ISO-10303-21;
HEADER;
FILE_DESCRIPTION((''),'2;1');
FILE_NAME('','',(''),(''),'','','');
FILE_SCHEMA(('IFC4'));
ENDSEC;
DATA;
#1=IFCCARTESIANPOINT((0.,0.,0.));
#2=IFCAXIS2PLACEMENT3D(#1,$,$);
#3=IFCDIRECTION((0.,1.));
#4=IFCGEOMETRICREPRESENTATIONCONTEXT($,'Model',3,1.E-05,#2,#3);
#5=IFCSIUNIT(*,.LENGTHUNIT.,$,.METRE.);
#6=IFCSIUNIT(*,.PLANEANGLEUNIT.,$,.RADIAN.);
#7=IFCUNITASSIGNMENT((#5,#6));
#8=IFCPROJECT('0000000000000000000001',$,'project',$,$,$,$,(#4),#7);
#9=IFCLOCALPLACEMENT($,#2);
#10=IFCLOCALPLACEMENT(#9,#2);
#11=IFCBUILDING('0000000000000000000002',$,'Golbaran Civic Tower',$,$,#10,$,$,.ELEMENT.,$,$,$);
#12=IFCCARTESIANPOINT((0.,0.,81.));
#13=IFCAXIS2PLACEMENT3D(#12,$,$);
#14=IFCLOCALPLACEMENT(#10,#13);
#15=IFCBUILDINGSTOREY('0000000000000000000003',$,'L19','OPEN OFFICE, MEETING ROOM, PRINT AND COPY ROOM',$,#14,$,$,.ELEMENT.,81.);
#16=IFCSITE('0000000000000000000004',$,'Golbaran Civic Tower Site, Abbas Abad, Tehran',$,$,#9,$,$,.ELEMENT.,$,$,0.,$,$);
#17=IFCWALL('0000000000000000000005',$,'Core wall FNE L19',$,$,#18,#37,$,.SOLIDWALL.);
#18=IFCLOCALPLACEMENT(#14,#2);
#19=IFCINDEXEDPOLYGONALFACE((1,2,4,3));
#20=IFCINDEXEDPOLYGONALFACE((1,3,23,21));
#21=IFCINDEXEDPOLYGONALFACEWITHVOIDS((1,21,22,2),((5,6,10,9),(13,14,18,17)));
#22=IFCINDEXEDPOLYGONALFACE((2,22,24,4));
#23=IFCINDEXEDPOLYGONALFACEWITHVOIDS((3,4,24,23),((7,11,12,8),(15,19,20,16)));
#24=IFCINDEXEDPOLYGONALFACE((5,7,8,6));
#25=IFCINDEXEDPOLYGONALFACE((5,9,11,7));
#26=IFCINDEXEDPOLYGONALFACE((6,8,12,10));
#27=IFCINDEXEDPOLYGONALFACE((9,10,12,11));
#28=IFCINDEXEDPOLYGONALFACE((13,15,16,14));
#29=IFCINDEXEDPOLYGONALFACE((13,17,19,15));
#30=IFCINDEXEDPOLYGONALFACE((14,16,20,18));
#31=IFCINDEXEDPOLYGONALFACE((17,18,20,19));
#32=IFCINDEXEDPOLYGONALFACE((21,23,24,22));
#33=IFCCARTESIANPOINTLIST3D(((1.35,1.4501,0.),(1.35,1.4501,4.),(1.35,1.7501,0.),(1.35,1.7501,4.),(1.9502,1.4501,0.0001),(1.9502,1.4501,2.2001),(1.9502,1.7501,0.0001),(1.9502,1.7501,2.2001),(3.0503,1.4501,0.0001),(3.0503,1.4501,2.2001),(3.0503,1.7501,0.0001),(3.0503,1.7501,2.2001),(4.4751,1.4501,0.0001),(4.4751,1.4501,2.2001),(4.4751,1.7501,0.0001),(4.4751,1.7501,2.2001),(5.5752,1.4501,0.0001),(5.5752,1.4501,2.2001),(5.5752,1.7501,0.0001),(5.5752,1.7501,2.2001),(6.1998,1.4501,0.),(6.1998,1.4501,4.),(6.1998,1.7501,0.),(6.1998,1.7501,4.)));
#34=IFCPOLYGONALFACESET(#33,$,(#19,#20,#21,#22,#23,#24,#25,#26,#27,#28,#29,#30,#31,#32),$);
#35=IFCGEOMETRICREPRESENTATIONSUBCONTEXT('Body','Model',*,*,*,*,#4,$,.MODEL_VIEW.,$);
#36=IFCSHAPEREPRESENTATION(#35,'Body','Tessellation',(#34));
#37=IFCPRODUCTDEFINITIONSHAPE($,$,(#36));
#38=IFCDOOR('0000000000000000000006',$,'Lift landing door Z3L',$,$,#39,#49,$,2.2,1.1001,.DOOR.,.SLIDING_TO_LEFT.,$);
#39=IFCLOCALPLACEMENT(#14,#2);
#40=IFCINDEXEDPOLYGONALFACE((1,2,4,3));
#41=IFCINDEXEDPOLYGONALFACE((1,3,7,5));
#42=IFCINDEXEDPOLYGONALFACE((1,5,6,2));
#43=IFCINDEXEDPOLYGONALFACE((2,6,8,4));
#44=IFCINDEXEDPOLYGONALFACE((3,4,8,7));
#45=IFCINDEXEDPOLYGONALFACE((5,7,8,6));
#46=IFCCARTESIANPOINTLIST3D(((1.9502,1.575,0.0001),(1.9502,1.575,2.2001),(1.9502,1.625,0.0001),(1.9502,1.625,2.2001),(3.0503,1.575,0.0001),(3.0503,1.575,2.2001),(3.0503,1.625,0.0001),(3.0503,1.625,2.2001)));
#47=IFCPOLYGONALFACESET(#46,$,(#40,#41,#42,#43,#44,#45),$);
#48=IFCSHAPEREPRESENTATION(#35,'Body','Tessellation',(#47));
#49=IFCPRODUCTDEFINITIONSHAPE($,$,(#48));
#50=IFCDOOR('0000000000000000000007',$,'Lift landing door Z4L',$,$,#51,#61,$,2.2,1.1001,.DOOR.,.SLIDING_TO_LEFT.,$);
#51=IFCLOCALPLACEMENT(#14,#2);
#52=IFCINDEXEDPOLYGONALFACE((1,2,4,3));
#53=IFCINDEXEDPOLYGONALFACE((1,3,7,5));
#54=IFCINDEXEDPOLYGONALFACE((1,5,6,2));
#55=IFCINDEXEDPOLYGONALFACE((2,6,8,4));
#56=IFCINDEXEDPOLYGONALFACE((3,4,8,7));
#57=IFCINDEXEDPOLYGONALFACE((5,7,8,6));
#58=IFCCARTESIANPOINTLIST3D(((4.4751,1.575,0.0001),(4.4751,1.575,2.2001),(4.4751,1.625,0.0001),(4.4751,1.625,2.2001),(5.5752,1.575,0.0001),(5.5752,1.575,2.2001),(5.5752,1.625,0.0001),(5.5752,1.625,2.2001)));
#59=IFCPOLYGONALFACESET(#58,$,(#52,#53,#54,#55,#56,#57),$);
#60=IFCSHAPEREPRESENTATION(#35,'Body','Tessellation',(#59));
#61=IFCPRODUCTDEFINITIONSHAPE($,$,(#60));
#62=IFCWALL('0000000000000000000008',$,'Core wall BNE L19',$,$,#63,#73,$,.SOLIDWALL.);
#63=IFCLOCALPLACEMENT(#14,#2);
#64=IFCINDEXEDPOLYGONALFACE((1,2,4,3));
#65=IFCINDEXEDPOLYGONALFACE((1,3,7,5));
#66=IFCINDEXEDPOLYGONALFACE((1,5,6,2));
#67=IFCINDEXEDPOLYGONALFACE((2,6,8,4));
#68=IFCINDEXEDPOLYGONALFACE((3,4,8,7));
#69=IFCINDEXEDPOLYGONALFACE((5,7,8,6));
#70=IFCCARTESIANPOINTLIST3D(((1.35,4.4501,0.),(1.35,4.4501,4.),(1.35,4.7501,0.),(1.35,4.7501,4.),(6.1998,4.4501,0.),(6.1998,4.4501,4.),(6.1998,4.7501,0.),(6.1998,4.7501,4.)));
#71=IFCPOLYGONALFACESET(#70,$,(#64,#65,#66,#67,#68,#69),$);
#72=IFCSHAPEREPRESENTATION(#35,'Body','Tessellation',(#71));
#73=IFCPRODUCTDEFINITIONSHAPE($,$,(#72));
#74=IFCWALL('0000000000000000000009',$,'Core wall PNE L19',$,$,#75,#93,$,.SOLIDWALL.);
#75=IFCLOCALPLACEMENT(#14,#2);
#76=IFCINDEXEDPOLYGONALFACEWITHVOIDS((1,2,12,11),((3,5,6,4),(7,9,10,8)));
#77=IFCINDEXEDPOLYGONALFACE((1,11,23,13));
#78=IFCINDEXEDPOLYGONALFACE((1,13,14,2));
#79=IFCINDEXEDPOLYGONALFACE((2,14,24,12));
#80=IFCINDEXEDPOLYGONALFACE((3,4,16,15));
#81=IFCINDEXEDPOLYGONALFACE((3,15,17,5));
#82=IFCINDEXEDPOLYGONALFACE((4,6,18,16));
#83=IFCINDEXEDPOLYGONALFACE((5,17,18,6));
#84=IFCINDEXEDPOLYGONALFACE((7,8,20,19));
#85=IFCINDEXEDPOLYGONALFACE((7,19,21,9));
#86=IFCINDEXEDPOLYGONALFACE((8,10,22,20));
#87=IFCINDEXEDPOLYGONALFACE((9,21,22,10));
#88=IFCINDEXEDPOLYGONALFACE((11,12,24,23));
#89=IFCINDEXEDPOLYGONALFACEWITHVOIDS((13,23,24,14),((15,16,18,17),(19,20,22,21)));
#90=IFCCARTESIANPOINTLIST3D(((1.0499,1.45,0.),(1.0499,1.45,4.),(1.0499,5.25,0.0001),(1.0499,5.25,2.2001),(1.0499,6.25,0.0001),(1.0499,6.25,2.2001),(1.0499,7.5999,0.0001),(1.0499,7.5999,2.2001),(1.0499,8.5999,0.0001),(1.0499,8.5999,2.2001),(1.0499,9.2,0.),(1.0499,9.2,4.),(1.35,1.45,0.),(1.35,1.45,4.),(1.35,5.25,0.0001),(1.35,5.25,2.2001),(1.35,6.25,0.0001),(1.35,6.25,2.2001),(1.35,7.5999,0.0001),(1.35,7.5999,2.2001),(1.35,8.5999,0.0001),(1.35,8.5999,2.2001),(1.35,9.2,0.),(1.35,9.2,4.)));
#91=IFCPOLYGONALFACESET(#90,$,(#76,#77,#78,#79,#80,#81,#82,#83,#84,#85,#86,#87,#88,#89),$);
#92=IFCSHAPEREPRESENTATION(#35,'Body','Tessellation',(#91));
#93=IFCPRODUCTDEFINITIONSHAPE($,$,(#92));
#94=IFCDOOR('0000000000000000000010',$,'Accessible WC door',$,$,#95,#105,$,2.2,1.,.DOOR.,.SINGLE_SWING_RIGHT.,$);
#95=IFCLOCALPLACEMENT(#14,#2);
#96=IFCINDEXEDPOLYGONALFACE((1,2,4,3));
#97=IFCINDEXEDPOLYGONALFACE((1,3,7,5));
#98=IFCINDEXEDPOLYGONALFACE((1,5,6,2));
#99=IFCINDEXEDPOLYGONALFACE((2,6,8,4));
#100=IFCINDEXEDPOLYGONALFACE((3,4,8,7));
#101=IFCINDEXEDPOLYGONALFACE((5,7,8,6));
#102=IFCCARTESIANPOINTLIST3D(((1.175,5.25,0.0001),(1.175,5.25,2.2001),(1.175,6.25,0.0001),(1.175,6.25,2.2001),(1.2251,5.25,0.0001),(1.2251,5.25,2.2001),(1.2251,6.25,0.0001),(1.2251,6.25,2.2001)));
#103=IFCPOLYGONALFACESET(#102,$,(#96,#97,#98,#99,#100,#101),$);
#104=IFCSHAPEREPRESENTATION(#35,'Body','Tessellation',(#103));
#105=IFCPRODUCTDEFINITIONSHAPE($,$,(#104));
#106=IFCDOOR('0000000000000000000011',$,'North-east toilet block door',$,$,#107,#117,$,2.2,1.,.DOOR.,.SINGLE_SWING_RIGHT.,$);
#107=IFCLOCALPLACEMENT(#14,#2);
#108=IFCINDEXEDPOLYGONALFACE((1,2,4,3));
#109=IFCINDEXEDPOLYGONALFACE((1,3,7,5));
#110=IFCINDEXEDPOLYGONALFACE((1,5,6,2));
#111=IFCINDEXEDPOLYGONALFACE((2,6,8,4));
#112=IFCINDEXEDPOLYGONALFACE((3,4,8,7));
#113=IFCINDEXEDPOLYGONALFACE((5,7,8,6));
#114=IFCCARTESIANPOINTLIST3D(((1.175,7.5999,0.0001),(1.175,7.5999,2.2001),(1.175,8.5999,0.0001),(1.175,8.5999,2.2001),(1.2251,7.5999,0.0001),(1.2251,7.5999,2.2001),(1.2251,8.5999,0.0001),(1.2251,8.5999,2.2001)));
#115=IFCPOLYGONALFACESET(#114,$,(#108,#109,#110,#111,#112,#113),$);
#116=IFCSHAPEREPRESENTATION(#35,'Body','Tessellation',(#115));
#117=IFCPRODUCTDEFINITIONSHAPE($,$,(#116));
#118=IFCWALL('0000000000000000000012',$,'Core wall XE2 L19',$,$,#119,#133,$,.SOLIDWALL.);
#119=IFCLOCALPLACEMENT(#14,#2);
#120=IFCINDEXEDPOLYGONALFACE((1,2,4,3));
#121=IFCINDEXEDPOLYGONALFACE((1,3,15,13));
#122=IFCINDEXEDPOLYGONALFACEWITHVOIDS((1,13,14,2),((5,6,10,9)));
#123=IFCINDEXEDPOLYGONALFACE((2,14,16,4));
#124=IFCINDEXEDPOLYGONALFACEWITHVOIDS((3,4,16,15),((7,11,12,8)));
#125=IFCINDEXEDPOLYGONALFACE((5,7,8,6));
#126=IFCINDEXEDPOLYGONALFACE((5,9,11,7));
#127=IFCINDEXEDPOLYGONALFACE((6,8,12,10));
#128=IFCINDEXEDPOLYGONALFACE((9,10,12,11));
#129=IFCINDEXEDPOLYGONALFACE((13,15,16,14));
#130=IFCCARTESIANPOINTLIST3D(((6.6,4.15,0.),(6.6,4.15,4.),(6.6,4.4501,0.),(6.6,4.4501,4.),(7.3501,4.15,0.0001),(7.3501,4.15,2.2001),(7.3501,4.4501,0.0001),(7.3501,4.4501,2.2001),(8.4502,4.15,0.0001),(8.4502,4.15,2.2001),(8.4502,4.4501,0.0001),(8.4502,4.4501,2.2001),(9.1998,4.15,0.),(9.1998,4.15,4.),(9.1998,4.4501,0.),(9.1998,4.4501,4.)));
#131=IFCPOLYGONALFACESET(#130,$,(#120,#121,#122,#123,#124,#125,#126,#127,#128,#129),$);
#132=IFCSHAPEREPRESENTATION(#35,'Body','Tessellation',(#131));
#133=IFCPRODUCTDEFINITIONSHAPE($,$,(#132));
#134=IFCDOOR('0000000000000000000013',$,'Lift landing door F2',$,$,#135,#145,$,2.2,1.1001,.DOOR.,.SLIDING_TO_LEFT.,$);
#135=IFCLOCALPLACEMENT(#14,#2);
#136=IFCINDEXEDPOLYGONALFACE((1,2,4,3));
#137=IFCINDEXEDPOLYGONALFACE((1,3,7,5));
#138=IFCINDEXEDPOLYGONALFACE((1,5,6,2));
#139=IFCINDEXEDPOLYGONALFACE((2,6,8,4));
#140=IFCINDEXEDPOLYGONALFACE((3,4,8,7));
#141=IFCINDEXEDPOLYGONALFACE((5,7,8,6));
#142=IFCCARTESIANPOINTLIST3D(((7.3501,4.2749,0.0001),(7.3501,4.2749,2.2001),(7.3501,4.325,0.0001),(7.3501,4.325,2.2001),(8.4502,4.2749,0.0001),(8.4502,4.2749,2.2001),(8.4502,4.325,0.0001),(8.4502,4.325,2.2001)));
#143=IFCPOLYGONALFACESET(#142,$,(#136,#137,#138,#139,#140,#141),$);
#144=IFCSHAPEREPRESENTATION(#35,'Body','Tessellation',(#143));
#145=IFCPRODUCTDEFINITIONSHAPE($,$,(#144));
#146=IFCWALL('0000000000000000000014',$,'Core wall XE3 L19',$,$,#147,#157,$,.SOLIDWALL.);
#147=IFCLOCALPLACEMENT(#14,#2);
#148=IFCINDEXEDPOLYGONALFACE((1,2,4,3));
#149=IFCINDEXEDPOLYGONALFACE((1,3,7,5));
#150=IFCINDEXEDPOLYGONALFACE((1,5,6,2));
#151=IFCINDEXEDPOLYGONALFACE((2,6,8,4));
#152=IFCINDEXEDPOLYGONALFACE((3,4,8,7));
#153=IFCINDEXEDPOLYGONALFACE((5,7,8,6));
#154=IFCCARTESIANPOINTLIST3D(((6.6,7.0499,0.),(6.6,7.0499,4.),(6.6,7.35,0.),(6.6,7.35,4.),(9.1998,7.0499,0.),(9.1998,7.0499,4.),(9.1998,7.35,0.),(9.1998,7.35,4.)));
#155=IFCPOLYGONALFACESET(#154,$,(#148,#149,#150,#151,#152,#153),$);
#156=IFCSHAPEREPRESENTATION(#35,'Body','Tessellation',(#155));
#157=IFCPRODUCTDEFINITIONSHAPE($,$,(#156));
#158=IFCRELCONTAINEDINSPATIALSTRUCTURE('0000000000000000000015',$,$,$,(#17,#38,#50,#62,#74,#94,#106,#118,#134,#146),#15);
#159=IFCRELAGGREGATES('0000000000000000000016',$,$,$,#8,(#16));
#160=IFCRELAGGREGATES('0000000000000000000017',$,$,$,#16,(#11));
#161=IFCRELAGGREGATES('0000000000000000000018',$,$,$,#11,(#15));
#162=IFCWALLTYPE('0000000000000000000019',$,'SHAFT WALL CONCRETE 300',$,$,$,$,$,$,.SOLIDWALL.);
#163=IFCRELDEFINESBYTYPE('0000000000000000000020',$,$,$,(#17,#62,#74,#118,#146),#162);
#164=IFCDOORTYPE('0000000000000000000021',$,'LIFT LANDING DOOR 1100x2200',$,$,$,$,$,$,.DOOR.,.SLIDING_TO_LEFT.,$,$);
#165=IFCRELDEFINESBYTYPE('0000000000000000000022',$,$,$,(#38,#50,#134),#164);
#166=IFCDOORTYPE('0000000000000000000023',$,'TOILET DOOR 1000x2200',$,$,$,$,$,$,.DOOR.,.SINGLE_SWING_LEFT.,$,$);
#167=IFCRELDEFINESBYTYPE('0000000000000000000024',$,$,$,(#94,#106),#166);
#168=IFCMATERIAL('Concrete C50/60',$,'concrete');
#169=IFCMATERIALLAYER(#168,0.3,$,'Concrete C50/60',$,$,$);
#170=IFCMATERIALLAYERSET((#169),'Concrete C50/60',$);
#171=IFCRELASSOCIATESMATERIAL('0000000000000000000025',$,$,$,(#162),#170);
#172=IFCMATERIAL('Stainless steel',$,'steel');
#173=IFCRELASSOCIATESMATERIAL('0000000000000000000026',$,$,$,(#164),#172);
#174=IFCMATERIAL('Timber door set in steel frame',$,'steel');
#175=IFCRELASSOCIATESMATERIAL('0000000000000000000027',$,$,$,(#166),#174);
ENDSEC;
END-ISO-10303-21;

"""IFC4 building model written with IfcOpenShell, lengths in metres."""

from ifc_helpers import new_model, si_unit, direction, frame, frame_2d, origin, place, context, subcontext, project, spatial, rectangle, extrude, material, layer, layer_set, type_object, element, fill, save


model = new_model("IFC4")

# Units and contexts
model_context = context("Model", 3, precision=1e-05, world=origin(), true_north=direction((0.0, 1.0)))
body_context = subcontext(model_context, "Body", "Model", "MODEL_VIEW")
ifc_project = project(units=[si_unit("LENGTHUNIT", "METRE"), si_unit("PLANEANGLEUNIT", "RADIAN")], contexts=[model_context])

# Site, building, storey
site_placement = place(None, origin())
site = spatial("IfcSite", under=ifc_project, at=site_placement, Name="Golbaran Civic Tower Site, Abbas Abad, Tehran", CompositionType="ELEMENT", RefElevation=0.0)
building_placement = place(site_placement, origin())
building = spatial("IfcBuilding", under=site, at=building_placement, Name="Golbaran Civic Tower", CompositionType="ELEMENT")
storey_placement = place(building_placement, frame((0.0, 0.0, 81.0)))
storey = spatial("IfcBuildingStorey", under=building, at=storey_placement, Name="L19", Description="OPEN OFFICE, MEETING ROOM, PRINT AND COPY ROOM", CompositionType="ELEMENT", Elevation=81.0)

# Shared definitions
ifc_material_1 = material(Name="Concrete C50/60", Category="concrete")
ifc_material_2 = material(Name="Timber door set in steel frame", Category="steel")

# Wall, openings, doors
ifc_layer_1 = layer(ifc_material_1, 0.3, Name="Concrete C50/60")
ifc_layer_set_1 = layer_set([ifc_layer_1], Name="Concrete C50/60")
wall_type_1 = type_object("IfcWallType", Name="SHAFT WALL CONCRETE 300", PredefinedType="SOLIDWALL", material=ifc_layer_set_1)
wall_1_placement = place(storey_placement, frame((1.3501, 1.6001, 0.0), z_axis=(0.0, 0.0, 1.0), x_axis=(1.0, 0.0, 0.0)))
wall_1 = element("IfcWall", 1, at=wall_1_placement, inside=storey, type_object=wall_type_1, Name="Core wall FNE L19", PredefinedType="SOLIDWALL", context=body_context, shape_type="SweptSolid", body=[
    extrude(rectangle(XDim=4.8499, YDim=0.3, at=frame_2d((2.4248, 0.0))), origin(), (0.0, 0.0, 1.0), 4.0),
])
opening_1_placement = place(wall_1_placement, frame((0.6001, 0.0, 0.0)))
opening_1 = element("IfcOpeningElement", 2, at=opening_1_placement, cuts=wall_1, PredefinedType="OPENING", context=body_context, shape_type="SweptSolid", body=[
    extrude(rectangle(XDim=1.1001, YDim=2.2, at=frame_2d((0.55, 1.1001))), frame((0.0, 0.1599, 0.0), z_axis=(0.0, -1.0, 0.0), x_axis=(1.0, 0.0, 0.0)), (0.0, 0.0, 1.0), 0.3201),
])
opening_2_placement = place(wall_1_placement, frame((3.125, 0.0, 0.0)))
opening_2 = element("IfcOpeningElement", 3, at=opening_2_placement, cuts=wall_1, PredefinedType="OPENING", context=body_context, shape_type="SweptSolid", body=[
    extrude(rectangle(XDim=1.1001, YDim=2.2, at=frame_2d((0.55, 1.1001))), frame((0.0, 0.1599, 0.0), z_axis=(0.0, -1.0, 0.0), x_axis=(1.0, 0.0, 0.0)), (0.0, 0.0, 1.0), 0.3201),
])
ifc_material_3 = material(Name="Stainless steel", Category="steel")
door_type_1 = type_object("IfcDoorType", Name="LIFT LANDING DOOR 1100x2200", OperationType="SLIDING_TO_LEFT", PredefinedType="DOOR", material=ifc_material_3)
door_1_placement = place(opening_1_placement, origin())
door_1 = element("IfcDoor", 4, at=door_1_placement, inside=storey, type_object=door_type_1, Name="Lift landing door Z3L", OperationType="SLIDING_TO_LEFT", OverallHeight=2.2, OverallWidth=1.1001, PredefinedType="DOOR", context=body_context, shape_type="SweptSolid", body=[
    extrude(rectangle(XDim=1.1001, YDim=2.2, at=frame_2d((0.55, 1.1001))), frame((0.0, 0.0249, 0.0), z_axis=(0.0, -1.0, 0.0), x_axis=(1.0, 0.0, 0.0)), (0.0, 0.0, 1.0), 0.05),
])
fill(opening_1, door_1)
door_2_placement = place(opening_2_placement, origin())
door_2 = element("IfcDoor", 5, at=door_2_placement, inside=storey, type_object=door_type_1, Name="Lift landing door Z4L", OperationType="SLIDING_TO_LEFT", OverallHeight=2.2, OverallWidth=1.1001, PredefinedType="DOOR", context=body_context, shape_type="SweptSolid", body=[
    extrude(rectangle(XDim=1.1001, YDim=2.2, at=frame_2d((0.55, 1.1001))), frame((0.0, 0.0249, 0.0), z_axis=(0.0, -1.0, 0.0), x_axis=(1.0, 0.0, 0.0)), (0.0, 0.0, 1.0), 0.05),
])
fill(opening_2, door_2)

# Wall
wall_2_placement = place(storey_placement, frame((1.3501, 4.6001, 0.0), z_axis=(0.0, 0.0, 1.0), x_axis=(1.0, 0.0, 0.0)))
element("IfcWall", 6, at=wall_2_placement, inside=storey, type_object=wall_type_1, Name="Core wall BNE L19", PredefinedType="SOLIDWALL", context=body_context, shape_type="SweptSolid", body=[
    extrude(rectangle(XDim=4.8499, YDim=0.3, at=frame_2d((2.4248, 0.0))), origin(), (0.0, 0.0, 1.0), 4.0),
])

# Wall, openings, doors
wall_3_placement = place(storey_placement, frame((1.2, 1.45, 0.0), z_axis=(0.0, 0.0, 1.0), x_axis=(0.0, 1.0, 0.0)))
wall_3 = element("IfcWall", 7, at=wall_3_placement, inside=storey, type_object=wall_type_1, Name="Core wall PNE L19", PredefinedType="SOLIDWALL", context=body_context, shape_type="SweptSolid", body=[
    extrude(rectangle(XDim=7.75, YDim=0.3, at=frame_2d((3.875, 0.0))), origin(), (0.0, 0.0, 1.0), 4.0),
])
opening_3_placement = place(wall_3_placement, frame((3.8, 0.0, 0.0)))
opening_3 = element("IfcOpeningElement", 8, at=opening_3_placement, cuts=wall_3, PredefinedType="OPENING", context=body_context, shape_type="SweptSolid", body=[
    extrude(rectangle(XDim=1.0, YDim=2.2, at=frame_2d((0.5, 1.1001))), frame((0.0, 0.1599, 0.0), z_axis=(0.0, -1.0, 0.0), x_axis=(1.0, 0.0, 0.0)), (0.0, 0.0, 1.0), 0.3201),
])
opening_4_placement = place(wall_3_placement, frame((6.1499, 0.0, 0.0)))
opening_4 = element("IfcOpeningElement", 9, at=opening_4_placement, cuts=wall_3, PredefinedType="OPENING", context=body_context, shape_type="SweptSolid", body=[
    extrude(rectangle(XDim=1.0, YDim=2.2, at=frame_2d((0.5, 1.1001))), frame((0.0, 0.1599, 0.0), z_axis=(0.0, -1.0, 0.0), x_axis=(1.0, 0.0, 0.0)), (0.0, 0.0, 1.0), 0.3201),
])
door_type_2 = type_object("IfcDoorType", Name="TOILET DOOR 1000x2200", OperationType="SINGLE_SWING_LEFT", PredefinedType="DOOR", material=ifc_material_2)
door_3_placement = place(opening_3_placement, origin())
door_3 = element("IfcDoor", 10, at=door_3_placement, inside=storey, type_object=door_type_2, Name="Accessible WC door", OperationType="SINGLE_SWING_RIGHT", OverallHeight=2.2, OverallWidth=1.0, PredefinedType="DOOR", context=body_context, shape_type="SweptSolid", body=[
    extrude(rectangle(XDim=1.0, YDim=2.2, at=frame_2d((0.5, 1.1001))), frame((0.0, 0.0249, 0.0), z_axis=(0.0, -1.0, 0.0), x_axis=(1.0, 0.0, 0.0)), (0.0, 0.0, 1.0), 0.05),
])
fill(opening_3, door_3)
door_4_placement = place(opening_4_placement, origin())
door_4 = element("IfcDoor", 11, at=door_4_placement, inside=storey, type_object=door_type_2, Name="North-east toilet block door", OperationType="SINGLE_SWING_RIGHT", OverallHeight=2.2, OverallWidth=1.0, PredefinedType="DOOR", context=body_context, shape_type="SweptSolid", body=[
    extrude(rectangle(XDim=1.0, YDim=2.2, at=frame_2d((0.5, 1.1001))), frame((0.0, 0.0249, 0.0), z_axis=(0.0, -1.0, 0.0), x_axis=(1.0, 0.0, 0.0)), (0.0, 0.0, 1.0), 0.05),
])
fill(opening_4, door_4)

# Wall, opening, door
wall_4_placement = place(storey_placement, frame((6.6001, 4.3, 0.0), z_axis=(0.0, 0.0, 1.0), x_axis=(1.0, 0.0, 0.0)))
wall_4 = element("IfcWall", 12, at=wall_4_placement, inside=storey, type_object=wall_type_1, Name="Core wall XE2 L19", PredefinedType="SOLIDWALL", context=body_context, shape_type="SweptSolid", body=[
    extrude(rectangle(XDim=2.5999, YDim=0.3, at=frame_2d((1.2998, 0.0))), origin(), (0.0, 0.0, 1.0), 4.0),
])
opening_5_placement = place(wall_4_placement, frame((0.75, 0.0, 0.0)))
opening_5 = element("IfcOpeningElement", 13, at=opening_5_placement, cuts=wall_4, PredefinedType="OPENING", context=body_context, shape_type="SweptSolid", body=[
    extrude(rectangle(XDim=1.1001, YDim=2.2, at=frame_2d((0.55, 1.1001))), frame((0.0, 0.1599, 0.0), z_axis=(0.0, -1.0, 0.0), x_axis=(1.0, 0.0, 0.0)), (0.0, 0.0, 1.0), 0.3201),
])
door_5_placement = place(opening_5_placement, origin())
door_5 = element("IfcDoor", 14, at=door_5_placement, inside=storey, type_object=door_type_1, Name="Lift landing door F2", OperationType="SLIDING_TO_LEFT", OverallHeight=2.2, OverallWidth=1.1001, PredefinedType="DOOR", context=body_context, shape_type="SweptSolid", body=[
    extrude(rectangle(XDim=1.1001, YDim=2.2, at=frame_2d((0.55, 1.1001))), frame((0.0, 0.0249, 0.0), z_axis=(0.0, -1.0, 0.0), x_axis=(1.0, 0.0, 0.0)), (0.0, 0.0, 1.0), 0.05),
])
fill(opening_5, door_5)

# Wall
wall_5_placement = place(storey_placement, frame((6.6001, 7.2, 0.0), z_axis=(0.0, 0.0, 1.0), x_axis=(1.0, 0.0, 0.0)))
element("IfcWall", 15, at=wall_5_placement, inside=storey, type_object=wall_type_1, Name="Core wall XE3 L19", PredefinedType="SOLIDWALL", context=body_context, shape_type="SweptSolid", body=[
    extrude(rectangle(XDim=2.5999, YDim=0.3, at=frame_2d((1.2998, 0.0))), origin(), (0.0, 0.0, 1.0), 4.0),
])

save(model, "model.ifc")
